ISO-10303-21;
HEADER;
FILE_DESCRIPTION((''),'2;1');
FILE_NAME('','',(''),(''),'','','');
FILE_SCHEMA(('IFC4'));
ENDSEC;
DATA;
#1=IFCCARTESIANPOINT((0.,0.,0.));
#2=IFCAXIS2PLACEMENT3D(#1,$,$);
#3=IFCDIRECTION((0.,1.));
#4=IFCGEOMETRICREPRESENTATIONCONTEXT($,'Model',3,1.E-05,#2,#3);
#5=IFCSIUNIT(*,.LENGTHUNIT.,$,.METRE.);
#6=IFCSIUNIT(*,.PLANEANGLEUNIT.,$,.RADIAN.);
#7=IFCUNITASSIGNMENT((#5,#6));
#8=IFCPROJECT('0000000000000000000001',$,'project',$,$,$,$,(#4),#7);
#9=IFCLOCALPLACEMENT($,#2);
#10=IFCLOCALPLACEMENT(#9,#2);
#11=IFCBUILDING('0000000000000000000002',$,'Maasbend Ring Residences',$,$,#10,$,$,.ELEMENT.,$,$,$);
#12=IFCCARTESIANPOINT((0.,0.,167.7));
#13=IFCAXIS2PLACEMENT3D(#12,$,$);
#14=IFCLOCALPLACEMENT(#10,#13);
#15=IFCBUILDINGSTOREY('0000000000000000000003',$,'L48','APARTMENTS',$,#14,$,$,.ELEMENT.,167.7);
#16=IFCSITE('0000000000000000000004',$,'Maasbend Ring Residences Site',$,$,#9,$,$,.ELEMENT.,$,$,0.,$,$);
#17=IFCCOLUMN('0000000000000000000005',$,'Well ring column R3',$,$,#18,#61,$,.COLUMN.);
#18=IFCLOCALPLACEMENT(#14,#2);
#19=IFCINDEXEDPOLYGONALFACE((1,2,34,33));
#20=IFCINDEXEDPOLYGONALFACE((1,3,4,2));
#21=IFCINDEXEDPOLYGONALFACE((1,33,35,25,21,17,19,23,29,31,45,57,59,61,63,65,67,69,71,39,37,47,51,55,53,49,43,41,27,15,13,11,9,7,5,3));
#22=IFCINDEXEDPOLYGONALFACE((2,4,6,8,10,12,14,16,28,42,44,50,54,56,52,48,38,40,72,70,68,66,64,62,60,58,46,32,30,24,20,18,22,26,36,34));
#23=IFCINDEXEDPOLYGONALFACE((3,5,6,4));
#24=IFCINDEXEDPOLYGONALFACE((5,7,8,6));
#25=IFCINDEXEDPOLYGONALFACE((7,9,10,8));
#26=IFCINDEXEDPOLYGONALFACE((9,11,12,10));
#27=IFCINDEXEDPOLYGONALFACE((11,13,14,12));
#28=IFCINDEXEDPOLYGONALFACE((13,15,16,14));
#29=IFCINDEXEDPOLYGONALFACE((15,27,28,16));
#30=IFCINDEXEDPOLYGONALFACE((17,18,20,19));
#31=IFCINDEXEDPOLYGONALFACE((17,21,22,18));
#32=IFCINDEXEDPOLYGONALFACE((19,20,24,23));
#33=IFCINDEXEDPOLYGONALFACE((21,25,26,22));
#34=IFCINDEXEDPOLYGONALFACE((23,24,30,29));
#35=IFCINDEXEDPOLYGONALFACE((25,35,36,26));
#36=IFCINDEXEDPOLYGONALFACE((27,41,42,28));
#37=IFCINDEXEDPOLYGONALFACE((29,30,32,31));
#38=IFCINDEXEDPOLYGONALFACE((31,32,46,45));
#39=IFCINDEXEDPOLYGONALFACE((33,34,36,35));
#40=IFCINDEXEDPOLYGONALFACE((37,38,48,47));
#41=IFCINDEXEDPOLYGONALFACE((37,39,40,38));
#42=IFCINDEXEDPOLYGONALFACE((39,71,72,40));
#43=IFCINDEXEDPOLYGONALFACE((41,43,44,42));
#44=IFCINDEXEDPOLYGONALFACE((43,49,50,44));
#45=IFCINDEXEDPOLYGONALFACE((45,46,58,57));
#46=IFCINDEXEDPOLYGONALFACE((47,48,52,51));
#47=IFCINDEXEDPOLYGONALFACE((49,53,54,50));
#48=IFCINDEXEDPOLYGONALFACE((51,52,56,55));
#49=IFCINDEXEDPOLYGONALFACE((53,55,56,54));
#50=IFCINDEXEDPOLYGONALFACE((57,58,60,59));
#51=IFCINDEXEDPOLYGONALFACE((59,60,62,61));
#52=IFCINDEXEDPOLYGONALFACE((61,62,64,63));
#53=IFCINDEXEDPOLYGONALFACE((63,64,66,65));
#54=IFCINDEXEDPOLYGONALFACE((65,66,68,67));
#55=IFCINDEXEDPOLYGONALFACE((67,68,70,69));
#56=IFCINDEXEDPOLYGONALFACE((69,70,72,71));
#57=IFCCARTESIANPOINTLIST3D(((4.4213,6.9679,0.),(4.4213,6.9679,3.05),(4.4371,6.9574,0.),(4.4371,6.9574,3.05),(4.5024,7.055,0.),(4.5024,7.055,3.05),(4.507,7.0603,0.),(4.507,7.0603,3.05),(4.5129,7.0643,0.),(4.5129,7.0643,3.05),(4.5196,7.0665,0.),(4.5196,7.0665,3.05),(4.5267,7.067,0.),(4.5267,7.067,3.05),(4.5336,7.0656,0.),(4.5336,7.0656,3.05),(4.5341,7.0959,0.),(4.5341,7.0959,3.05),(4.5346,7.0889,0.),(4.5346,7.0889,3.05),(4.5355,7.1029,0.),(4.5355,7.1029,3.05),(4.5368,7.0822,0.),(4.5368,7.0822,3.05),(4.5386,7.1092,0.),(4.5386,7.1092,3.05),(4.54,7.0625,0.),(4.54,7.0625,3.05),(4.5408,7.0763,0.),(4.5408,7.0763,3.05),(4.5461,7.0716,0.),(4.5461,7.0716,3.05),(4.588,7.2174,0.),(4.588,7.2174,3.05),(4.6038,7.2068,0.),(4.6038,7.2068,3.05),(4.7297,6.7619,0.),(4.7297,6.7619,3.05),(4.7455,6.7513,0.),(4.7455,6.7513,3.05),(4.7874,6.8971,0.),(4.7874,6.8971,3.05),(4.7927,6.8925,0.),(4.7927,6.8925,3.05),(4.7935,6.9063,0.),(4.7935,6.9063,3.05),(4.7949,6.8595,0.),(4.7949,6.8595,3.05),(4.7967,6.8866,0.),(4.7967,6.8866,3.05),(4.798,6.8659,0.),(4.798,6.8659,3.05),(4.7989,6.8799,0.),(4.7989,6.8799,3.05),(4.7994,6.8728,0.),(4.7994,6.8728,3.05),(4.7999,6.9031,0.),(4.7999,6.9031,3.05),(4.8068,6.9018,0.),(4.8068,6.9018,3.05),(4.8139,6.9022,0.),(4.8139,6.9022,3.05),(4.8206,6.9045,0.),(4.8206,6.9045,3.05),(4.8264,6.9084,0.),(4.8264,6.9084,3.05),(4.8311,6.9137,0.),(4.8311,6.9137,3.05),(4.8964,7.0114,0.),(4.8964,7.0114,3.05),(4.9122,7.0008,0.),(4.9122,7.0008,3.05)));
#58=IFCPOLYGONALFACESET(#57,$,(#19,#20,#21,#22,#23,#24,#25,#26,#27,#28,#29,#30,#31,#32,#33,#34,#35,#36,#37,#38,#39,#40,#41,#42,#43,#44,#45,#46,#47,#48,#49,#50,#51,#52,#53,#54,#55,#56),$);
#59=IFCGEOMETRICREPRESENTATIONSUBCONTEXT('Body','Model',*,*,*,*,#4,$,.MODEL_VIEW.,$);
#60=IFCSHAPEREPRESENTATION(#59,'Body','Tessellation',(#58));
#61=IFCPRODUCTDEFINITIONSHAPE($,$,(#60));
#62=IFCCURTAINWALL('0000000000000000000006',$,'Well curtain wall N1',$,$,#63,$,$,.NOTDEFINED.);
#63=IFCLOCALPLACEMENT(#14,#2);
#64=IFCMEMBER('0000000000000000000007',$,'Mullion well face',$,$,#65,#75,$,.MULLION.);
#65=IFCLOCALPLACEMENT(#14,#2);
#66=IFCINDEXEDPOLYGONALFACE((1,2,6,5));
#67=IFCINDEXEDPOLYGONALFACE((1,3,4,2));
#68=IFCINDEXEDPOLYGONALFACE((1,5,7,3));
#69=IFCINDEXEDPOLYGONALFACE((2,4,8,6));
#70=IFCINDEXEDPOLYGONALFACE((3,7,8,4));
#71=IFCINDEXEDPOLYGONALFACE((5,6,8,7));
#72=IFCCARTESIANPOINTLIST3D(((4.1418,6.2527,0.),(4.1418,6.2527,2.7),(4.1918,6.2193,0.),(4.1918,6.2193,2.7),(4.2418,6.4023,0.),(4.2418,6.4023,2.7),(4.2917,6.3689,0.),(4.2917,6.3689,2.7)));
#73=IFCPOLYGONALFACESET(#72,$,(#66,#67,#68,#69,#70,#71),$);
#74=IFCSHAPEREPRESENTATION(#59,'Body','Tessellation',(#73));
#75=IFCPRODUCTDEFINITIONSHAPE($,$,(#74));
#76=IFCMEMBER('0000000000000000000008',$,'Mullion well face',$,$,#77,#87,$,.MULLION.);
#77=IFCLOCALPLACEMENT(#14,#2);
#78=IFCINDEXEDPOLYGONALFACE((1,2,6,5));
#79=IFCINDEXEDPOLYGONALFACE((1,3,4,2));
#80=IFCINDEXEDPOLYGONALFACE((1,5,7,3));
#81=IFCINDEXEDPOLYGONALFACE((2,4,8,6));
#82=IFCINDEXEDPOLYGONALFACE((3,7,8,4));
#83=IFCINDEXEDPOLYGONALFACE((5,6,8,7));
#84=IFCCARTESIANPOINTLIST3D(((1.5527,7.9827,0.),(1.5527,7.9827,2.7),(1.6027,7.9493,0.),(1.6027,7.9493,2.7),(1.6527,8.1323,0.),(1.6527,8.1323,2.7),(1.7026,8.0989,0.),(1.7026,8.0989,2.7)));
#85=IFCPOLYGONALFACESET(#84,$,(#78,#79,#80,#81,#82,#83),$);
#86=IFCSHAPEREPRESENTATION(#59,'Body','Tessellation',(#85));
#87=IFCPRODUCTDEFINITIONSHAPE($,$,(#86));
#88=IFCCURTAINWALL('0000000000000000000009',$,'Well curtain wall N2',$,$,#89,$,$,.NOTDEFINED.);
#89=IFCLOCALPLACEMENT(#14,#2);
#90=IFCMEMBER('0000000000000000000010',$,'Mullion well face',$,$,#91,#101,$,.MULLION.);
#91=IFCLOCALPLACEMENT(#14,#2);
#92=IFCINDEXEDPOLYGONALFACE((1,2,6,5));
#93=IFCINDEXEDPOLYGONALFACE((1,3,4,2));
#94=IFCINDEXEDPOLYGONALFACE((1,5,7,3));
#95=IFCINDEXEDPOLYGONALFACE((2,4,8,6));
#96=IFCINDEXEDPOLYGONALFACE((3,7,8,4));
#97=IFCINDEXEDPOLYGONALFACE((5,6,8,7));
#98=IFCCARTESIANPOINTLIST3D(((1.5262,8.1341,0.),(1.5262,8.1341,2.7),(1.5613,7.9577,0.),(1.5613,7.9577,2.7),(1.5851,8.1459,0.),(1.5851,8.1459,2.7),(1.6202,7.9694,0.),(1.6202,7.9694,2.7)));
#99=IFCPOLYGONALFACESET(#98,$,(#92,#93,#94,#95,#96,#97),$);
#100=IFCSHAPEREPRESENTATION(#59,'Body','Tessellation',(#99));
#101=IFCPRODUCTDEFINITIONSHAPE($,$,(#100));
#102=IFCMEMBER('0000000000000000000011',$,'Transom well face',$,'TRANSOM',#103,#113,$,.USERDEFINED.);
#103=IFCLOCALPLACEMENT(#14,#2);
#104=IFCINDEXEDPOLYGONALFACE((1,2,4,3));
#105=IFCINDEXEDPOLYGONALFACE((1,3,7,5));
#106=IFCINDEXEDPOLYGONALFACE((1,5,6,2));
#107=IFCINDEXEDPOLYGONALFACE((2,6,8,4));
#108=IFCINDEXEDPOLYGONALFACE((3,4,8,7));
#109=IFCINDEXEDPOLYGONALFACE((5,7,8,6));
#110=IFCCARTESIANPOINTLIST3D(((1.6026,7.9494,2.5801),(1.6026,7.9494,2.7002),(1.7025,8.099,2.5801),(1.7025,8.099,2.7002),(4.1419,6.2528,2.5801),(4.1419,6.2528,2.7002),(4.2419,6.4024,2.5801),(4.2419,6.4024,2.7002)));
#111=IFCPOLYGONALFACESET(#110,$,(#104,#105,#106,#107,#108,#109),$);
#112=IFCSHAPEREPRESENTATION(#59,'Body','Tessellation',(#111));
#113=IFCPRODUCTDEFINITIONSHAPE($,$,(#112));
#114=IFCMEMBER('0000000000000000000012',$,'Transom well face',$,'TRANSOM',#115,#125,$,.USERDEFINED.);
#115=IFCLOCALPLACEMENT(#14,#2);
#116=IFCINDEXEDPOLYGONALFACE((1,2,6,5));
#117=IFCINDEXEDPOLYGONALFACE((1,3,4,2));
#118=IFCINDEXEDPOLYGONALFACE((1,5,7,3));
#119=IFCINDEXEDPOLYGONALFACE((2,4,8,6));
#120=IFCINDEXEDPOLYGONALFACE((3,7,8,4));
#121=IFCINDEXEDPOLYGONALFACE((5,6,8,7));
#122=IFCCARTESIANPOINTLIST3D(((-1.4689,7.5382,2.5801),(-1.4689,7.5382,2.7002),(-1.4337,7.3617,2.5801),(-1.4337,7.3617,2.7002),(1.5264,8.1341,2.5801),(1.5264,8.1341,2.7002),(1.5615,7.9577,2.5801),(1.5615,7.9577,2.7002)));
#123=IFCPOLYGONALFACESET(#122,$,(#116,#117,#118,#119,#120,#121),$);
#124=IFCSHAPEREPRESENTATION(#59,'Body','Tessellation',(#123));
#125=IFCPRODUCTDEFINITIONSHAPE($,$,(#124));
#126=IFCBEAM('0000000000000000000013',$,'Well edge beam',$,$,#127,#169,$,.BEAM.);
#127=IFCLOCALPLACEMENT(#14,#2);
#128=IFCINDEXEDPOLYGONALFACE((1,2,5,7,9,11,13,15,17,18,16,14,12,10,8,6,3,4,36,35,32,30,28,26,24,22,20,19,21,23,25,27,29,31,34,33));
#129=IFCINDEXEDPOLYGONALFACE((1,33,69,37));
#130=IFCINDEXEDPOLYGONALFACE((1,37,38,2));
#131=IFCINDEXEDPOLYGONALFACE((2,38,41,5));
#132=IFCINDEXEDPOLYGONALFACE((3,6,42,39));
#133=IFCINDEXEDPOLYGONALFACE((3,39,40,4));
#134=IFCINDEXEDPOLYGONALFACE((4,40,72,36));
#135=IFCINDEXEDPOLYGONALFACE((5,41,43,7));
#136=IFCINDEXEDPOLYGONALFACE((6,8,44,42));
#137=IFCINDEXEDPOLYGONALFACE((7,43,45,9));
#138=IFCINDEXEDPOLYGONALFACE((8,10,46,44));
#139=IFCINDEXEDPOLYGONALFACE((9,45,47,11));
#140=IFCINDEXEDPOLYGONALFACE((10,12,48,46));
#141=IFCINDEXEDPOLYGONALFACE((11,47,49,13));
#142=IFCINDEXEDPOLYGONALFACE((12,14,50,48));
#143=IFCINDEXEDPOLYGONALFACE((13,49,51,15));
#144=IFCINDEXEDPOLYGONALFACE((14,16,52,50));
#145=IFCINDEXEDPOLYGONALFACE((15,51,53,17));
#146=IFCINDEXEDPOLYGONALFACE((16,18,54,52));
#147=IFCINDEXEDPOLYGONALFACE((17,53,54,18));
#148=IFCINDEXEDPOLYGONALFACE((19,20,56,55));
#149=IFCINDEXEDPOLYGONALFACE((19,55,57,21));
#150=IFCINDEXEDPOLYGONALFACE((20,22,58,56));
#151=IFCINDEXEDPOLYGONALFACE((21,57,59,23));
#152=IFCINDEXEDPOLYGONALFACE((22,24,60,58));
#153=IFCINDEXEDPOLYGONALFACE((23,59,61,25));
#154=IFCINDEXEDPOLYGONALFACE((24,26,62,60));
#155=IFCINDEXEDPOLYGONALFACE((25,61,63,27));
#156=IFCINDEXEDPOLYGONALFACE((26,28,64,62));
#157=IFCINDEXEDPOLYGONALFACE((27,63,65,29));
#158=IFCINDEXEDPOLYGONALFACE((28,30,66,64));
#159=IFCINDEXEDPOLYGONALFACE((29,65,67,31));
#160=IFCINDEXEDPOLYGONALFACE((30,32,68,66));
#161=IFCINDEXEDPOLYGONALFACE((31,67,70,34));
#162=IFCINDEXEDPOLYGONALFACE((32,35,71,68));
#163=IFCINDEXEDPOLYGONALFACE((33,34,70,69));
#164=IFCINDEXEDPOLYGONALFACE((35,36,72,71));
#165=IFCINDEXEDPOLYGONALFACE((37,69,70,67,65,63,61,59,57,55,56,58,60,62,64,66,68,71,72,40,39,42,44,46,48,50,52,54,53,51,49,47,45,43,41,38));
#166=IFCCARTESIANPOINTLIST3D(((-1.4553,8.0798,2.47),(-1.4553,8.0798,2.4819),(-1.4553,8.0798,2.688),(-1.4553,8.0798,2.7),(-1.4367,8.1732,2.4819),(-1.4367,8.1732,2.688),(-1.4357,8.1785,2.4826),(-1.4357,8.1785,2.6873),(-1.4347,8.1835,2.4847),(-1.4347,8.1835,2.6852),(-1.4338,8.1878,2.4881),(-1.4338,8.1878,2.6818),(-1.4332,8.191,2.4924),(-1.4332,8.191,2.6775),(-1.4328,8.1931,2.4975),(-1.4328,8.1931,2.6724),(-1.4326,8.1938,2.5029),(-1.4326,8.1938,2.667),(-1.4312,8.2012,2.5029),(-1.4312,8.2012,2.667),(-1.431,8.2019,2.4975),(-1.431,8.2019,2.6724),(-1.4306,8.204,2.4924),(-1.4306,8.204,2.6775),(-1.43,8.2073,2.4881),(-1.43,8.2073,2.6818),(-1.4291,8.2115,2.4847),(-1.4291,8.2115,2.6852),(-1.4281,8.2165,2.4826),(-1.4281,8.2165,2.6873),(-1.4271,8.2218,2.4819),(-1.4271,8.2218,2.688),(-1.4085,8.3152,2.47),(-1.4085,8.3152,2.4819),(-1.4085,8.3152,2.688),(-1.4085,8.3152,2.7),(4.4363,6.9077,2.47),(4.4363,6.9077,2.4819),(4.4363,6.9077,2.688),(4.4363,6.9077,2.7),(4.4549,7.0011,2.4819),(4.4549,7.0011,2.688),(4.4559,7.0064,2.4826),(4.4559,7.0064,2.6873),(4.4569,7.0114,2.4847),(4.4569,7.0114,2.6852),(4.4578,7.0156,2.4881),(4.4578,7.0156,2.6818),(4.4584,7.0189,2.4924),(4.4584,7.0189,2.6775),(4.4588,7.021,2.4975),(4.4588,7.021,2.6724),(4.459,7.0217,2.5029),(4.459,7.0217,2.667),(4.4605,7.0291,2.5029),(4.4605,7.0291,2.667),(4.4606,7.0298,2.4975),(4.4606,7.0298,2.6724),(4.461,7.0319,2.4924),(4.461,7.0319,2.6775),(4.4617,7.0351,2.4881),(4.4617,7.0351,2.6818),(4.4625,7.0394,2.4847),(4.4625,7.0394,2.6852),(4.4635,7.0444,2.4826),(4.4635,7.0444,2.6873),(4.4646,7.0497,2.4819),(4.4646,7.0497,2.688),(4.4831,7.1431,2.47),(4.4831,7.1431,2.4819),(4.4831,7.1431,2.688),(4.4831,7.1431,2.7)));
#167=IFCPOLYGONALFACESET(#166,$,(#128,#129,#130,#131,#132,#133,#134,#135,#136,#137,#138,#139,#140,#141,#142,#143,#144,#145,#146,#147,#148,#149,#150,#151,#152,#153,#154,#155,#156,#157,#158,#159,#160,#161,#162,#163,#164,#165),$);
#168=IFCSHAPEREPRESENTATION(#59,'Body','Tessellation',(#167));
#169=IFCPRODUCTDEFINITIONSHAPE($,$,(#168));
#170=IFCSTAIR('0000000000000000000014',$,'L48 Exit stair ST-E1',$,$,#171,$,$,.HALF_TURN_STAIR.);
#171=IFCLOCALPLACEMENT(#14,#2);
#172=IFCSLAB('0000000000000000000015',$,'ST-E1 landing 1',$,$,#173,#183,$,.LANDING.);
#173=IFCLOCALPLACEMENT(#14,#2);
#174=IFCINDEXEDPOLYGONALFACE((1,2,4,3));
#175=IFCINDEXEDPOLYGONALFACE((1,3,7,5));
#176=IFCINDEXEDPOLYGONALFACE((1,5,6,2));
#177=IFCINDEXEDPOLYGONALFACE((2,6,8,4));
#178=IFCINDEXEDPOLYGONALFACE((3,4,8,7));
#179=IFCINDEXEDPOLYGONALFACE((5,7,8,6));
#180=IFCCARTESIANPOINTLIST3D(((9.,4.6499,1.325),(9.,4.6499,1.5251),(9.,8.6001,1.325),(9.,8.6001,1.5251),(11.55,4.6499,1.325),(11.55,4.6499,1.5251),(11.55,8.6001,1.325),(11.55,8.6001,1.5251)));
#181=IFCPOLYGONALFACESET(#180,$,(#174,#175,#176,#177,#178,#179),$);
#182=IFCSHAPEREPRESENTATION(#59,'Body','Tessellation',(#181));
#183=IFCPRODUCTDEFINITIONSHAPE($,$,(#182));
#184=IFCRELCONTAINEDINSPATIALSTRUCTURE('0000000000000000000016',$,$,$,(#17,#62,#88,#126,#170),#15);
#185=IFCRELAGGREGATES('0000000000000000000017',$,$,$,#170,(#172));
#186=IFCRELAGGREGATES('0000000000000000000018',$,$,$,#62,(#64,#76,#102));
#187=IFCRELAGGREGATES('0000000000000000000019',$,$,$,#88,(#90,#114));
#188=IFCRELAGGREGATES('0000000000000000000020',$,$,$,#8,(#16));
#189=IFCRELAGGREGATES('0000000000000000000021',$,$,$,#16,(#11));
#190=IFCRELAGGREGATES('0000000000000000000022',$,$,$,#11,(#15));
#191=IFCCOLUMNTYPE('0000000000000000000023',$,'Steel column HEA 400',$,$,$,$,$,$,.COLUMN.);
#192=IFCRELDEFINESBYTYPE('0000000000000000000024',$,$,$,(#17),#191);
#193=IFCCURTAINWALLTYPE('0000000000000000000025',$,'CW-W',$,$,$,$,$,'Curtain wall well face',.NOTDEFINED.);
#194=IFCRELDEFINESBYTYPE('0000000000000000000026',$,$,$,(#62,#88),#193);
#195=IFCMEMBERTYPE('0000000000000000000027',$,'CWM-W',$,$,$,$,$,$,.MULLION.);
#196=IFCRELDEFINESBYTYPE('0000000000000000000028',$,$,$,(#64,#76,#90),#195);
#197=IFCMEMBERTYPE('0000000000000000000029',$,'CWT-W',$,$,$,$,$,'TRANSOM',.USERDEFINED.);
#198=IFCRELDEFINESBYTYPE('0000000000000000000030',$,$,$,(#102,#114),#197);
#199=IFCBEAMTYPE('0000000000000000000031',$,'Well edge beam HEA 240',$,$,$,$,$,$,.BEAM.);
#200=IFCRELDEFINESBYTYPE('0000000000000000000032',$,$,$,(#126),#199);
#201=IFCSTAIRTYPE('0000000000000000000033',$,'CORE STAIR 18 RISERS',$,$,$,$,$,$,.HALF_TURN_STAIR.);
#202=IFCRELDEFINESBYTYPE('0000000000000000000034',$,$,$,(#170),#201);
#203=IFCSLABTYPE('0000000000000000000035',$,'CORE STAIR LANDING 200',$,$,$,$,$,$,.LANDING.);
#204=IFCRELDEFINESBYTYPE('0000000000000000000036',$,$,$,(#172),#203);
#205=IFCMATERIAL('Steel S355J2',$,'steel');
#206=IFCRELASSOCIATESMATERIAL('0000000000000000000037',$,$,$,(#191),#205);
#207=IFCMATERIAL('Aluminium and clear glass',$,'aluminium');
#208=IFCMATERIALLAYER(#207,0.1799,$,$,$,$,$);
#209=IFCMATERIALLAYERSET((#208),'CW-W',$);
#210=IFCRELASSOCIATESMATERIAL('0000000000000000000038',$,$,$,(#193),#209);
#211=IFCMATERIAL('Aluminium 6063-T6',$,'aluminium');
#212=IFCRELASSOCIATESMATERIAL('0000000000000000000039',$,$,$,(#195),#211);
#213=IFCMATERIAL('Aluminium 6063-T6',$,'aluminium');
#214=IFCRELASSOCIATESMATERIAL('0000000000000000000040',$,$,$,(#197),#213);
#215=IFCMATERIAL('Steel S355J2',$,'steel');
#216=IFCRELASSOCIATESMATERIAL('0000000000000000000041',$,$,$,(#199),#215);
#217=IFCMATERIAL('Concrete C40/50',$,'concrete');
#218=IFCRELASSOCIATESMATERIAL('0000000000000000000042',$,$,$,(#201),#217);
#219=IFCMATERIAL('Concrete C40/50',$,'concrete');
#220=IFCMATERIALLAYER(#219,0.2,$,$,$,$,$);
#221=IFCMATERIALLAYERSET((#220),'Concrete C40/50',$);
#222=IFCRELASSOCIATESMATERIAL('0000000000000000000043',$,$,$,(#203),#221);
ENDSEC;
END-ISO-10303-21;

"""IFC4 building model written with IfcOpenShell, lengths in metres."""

from ifc_helpers import new_model, si_unit, direction, frame, origin, origin_2d, place, context, subcontext, project, spatial, polyline, rectangle, i_section, outline, extrude, material, layer, layer_set, material_profile, profile_set, type_object, element, aggregate, save


model = new_model("IFC4")

# Units and contexts
model_context = context("Model", 3, precision=1e-05, world=origin(), true_north=direction((0.0, 1.0)))
body_context = subcontext(model_context, "Body", "Model", "MODEL_VIEW")
ifc_project = project(units=[si_unit("LENGTHUNIT", "METRE"), si_unit("PLANEANGLEUNIT", "RADIAN")], contexts=[model_context])

# Site, building, storey
site_placement = place(None, origin())
site = spatial("IfcSite", under=ifc_project, at=site_placement, Name="Maasbend Ring Residences Site", CompositionType="ELEMENT", RefElevation=0.0)
building_placement = place(site_placement, origin())
building = spatial("IfcBuilding", under=site, at=building_placement, Name="Maasbend Ring Residences", CompositionType="ELEMENT")
storey_placement = place(building_placement, frame((0.0, 0.0, 167.7)))
storey = spatial("IfcBuildingStorey", under=building, at=storey_placement, Name="L48", Description="APARTMENTS", CompositionType="ELEMENT", Elevation=167.7)

# Column
ifc_material_1 = material(Name="Steel S355J2", Category="steel")
ifc_material_profile_1 = material_profile(ifc_material_1, i_section(OverallWidth=0.3, OverallDepth=0.3899, WebThickness=0.011, FlangeThickness=0.019, FilletRadius=0.0271, at=origin_2d()), Name="HEA 400")
ifc_profile_set_1 = profile_set([ifc_material_profile_1], Name="Steel S355J2")
column_type = type_object("IfcColumnType", Name="Steel column HEA 400", PredefinedType="COLUMN", material=ifc_profile_set_1)
column_placement = place(storey_placement, frame((4.6667, 6.9844, 0.0), z_axis=(0.0, 0.0, 1.0), x_axis=(0.55557, 0.83147, 0.0)))
element("IfcColumn", 1, at=column_placement, inside=storey, type_object=column_type, Name="Well ring column R3", PredefinedType="COLUMN", context=body_context, shape_type="SweptSolid", body=[
    extrude(i_section(OverallWidth=0.3, OverallDepth=0.3899, WebThickness=0.011, FlangeThickness=0.019, FilletRadius=0.0271, at=origin_2d()), origin(), (0.0, 0.0, 1.0), 3.05),
])

# Curtain wall, members
ifc_material_2 = material(Name="Aluminium and clear glass", Category="aluminium")
ifc_layer_1 = layer(ifc_material_2, 0.1799)
ifc_layer_set_1 = layer_set([ifc_layer_1], Name="CW-W")
curtain_wall_type = type_object("IfcCurtainWallType", Name="CW-W", ElementType="Curtain wall well face", PredefinedType="NOTDEFINED", material=ifc_layer_set_1)
curtain_wall_1_placement = place(storey_placement, origin())
curtain_wall_1 = element("IfcCurtainWall", 2, at=curtain_wall_1_placement, inside=storey, type_object=curtain_wall_type, Name="Well curtain wall N1", PredefinedType="NOTDEFINED")
ifc_material_3 = material(Name="Aluminium 6063-T6", Category="aluminium")
ifc_material_profile_2 = material_profile(ifc_material_3, rectangle(XDim=0.1799, YDim=0.0601, at=origin_2d()), Name="AL 180x60")
ifc_profile_set_2 = profile_set([ifc_material_profile_2], Name="Aluminium 6063-T6")
member_type_1 = type_object("IfcMemberType", Name="CWM-W", PredefinedType="MULLION", material=ifc_profile_set_2)
member_1_placement = place(storey_placement, frame((4.2168, 6.3108, 0.0), z_axis=(0.0, 0.0, 1.0), x_axis=(-0.55557, -0.83147, 0.0)))
member_1 = element("IfcMember", 3, at=member_1_placement, type_object=member_type_1, Name="Mullion well face", PredefinedType="MULLION", context=body_context, shape_type="SweptSolid", body=[
    extrude(rectangle(XDim=0.1799, YDim=0.0601, at=origin_2d()), origin(), (0.0, 0.0, 1.0), 2.7),
])
member_2_placement = place(storey_placement, frame((1.6277, 8.0408, 0.0), z_axis=(0.0, 0.0, 1.0), x_axis=(-0.55557, -0.83147, 0.0)))
member_2 = element("IfcMember", 4, at=member_2_placement, type_object=member_type_1, Name="Mullion well face", PredefinedType="MULLION", context=body_context, shape_type="SweptSolid", body=[
    extrude(rectangle(XDim=0.1799, YDim=0.0601, at=origin_2d()), origin(), (0.0, 0.0, 1.0), 2.7),
])

# Curtain wall, member
curtain_wall_2_placement = place(storey_placement, origin())
curtain_wall_2 = element("IfcCurtainWall", 5, at=curtain_wall_2_placement, inside=storey, type_object=curtain_wall_type, Name="Well curtain wall N2", PredefinedType="NOTDEFINED")
member_3_placement = place(storey_placement, frame((1.5732, 8.0518, 0.0), z_axis=(0.0, 0.0, 1.0), x_axis=(0.19509, -0.980785, 0.0)))
member_3 = element("IfcMember", 6, at=member_3_placement, type_object=member_type_1, Name="Mullion well face", PredefinedType="MULLION", context=body_context, shape_type="SweptSolid", body=[
    extrude(rectangle(XDim=0.1799, YDim=0.0601, at=origin_2d()), origin(), (0.0, 0.0, 1.0), 2.7),
])

# Members
ifc_material_4 = material(Name="Aluminium 6063-T6", Category="aluminium")
ifc_material_profile_3 = material_profile(ifc_material_4, rectangle(XDim=0.1799, YDim=0.1201, at=origin_2d()), Name="AL 180x120")
ifc_profile_set_3 = profile_set([ifc_material_profile_3], Name="Aluminium 6063-T6")
member_type_2 = type_object("IfcMemberType", Name="CWT-W", ElementType="TRANSOM", PredefinedType="USERDEFINED", material=ifc_profile_set_3)
member_4_placement = place(storey_placement, frame((4.1919, 6.3276, 2.6401), z_axis=(-0.831496, 0.55553, 0.0), x_axis=(-0.55553, -0.831496, 0.0)))
member_4 = element("IfcMember", 7, at=member_4_placement, type_object=member_type_2, Name="Transom well face", ObjectType="TRANSOM", PredefinedType="USERDEFINED", context=body_context, shape_type="SweptSolid", body=[
    extrude(rectangle(XDim=0.1799, YDim=0.1201, at=origin_2d()), origin(), (0.0, 0.0, 1.0), 3.054),
])
member_5_placement = place(storey_placement, frame((1.5439, 8.0459, 2.6401), z_axis=(-0.980777, -0.195132, 0.0), x_axis=(0.195132, -0.980777, 0.0)))
member_5 = element("IfcMember", 8, at=member_5_placement, type_object=member_type_2, Name="Transom well face", ObjectType="TRANSOM", PredefinedType="USERDEFINED", context=body_context, shape_type="SweptSolid", body=[
    extrude(rectangle(XDim=0.1799, YDim=0.1201, at=origin_2d()), origin(), (0.0, 0.0, 1.0), 3.054),
])

# Beam
ifc_material_5 = material(Name="Steel S355J2", Category="steel")
ifc_material_profile_4 = material_profile(ifc_material_5, i_section(OverallWidth=0.24, OverallDepth=0.23, WebThickness=0.0076, FlangeThickness=0.012, FilletRadius=0.021, at=origin_2d()), Name="HEA 240")
ifc_profile_set_4 = profile_set([ifc_material_profile_4], Name="Steel S355J2")
beam_type = type_object("IfcBeamType", Name="Well edge beam HEA 240", PredefinedType="BEAM", material=ifc_profile_set_4)
beam_placement = place(storey_placement, frame((4.4597, 7.0254, 2.585), z_axis=(-0.980779, 0.195123, 0.0), x_axis=(-0.195123, -0.980779, 0.0)))
element("IfcBeam", 9, at=beam_placement, inside=storey, type_object=beam_type, Name="Well edge beam", PredefinedType="BEAM", context=body_context, shape_type="SweptSolid", body=[
    extrude(i_section(OverallWidth=0.24, OverallDepth=0.23, WebThickness=0.0076, FlangeThickness=0.012, FilletRadius=0.021, at=origin_2d()), origin(), (0.0, 0.0, 1.0), 6.0071),
])

# Stair, slab
ifc_material_6 = material(Name="Concrete C40/50", Category="concrete")
stair_type = type_object("IfcStairType", Name="CORE STAIR 18 RISERS", PredefinedType="HALF_TURN_STAIR", material=ifc_material_6)
stair_1_placement = place(storey_placement, origin())
stair_1 = element("IfcStair", 10, at=stair_1_placement, inside=storey, type_object=stair_type, Name="L48 Exit stair ST-E1", PredefinedType="HALF_TURN_STAIR")
ifc_material_7 = material(Name="Concrete C40/50", Category="concrete")
ifc_layer_2 = layer(ifc_material_7, 0.2)
ifc_layer_set_2 = layer_set([ifc_layer_2], Name="Concrete C40/50")
slab_type = type_object("IfcSlabType", Name="CORE STAIR LANDING 200", PredefinedType="LANDING", material=ifc_layer_set_2)
slab_1_placement = place(storey_placement, frame((0.0, 0.0, 1.325)))
slab_1 = element("IfcSlab", 11, at=slab_1_placement, type_object=slab_type, Name="ST-E1 landing 1", PredefinedType="LANDING", context=body_context, shape_type="SweptSolid", body=[
    extrude(outline(polyline([(11.55, 8.6001), (9.0, 8.6001), (9.0, 4.6499), (11.55, 4.6499), (11.55, 8.6001)])), origin(), (0.0, 0.0, 1.0), 0.2002),
])
aggregate(stair_1, [slab_1])

aggregate(curtain_wall_1, [member_1, member_2, member_4])
aggregate(curtain_wall_2, [member_3, member_5])

save(model, "model.ifc")
